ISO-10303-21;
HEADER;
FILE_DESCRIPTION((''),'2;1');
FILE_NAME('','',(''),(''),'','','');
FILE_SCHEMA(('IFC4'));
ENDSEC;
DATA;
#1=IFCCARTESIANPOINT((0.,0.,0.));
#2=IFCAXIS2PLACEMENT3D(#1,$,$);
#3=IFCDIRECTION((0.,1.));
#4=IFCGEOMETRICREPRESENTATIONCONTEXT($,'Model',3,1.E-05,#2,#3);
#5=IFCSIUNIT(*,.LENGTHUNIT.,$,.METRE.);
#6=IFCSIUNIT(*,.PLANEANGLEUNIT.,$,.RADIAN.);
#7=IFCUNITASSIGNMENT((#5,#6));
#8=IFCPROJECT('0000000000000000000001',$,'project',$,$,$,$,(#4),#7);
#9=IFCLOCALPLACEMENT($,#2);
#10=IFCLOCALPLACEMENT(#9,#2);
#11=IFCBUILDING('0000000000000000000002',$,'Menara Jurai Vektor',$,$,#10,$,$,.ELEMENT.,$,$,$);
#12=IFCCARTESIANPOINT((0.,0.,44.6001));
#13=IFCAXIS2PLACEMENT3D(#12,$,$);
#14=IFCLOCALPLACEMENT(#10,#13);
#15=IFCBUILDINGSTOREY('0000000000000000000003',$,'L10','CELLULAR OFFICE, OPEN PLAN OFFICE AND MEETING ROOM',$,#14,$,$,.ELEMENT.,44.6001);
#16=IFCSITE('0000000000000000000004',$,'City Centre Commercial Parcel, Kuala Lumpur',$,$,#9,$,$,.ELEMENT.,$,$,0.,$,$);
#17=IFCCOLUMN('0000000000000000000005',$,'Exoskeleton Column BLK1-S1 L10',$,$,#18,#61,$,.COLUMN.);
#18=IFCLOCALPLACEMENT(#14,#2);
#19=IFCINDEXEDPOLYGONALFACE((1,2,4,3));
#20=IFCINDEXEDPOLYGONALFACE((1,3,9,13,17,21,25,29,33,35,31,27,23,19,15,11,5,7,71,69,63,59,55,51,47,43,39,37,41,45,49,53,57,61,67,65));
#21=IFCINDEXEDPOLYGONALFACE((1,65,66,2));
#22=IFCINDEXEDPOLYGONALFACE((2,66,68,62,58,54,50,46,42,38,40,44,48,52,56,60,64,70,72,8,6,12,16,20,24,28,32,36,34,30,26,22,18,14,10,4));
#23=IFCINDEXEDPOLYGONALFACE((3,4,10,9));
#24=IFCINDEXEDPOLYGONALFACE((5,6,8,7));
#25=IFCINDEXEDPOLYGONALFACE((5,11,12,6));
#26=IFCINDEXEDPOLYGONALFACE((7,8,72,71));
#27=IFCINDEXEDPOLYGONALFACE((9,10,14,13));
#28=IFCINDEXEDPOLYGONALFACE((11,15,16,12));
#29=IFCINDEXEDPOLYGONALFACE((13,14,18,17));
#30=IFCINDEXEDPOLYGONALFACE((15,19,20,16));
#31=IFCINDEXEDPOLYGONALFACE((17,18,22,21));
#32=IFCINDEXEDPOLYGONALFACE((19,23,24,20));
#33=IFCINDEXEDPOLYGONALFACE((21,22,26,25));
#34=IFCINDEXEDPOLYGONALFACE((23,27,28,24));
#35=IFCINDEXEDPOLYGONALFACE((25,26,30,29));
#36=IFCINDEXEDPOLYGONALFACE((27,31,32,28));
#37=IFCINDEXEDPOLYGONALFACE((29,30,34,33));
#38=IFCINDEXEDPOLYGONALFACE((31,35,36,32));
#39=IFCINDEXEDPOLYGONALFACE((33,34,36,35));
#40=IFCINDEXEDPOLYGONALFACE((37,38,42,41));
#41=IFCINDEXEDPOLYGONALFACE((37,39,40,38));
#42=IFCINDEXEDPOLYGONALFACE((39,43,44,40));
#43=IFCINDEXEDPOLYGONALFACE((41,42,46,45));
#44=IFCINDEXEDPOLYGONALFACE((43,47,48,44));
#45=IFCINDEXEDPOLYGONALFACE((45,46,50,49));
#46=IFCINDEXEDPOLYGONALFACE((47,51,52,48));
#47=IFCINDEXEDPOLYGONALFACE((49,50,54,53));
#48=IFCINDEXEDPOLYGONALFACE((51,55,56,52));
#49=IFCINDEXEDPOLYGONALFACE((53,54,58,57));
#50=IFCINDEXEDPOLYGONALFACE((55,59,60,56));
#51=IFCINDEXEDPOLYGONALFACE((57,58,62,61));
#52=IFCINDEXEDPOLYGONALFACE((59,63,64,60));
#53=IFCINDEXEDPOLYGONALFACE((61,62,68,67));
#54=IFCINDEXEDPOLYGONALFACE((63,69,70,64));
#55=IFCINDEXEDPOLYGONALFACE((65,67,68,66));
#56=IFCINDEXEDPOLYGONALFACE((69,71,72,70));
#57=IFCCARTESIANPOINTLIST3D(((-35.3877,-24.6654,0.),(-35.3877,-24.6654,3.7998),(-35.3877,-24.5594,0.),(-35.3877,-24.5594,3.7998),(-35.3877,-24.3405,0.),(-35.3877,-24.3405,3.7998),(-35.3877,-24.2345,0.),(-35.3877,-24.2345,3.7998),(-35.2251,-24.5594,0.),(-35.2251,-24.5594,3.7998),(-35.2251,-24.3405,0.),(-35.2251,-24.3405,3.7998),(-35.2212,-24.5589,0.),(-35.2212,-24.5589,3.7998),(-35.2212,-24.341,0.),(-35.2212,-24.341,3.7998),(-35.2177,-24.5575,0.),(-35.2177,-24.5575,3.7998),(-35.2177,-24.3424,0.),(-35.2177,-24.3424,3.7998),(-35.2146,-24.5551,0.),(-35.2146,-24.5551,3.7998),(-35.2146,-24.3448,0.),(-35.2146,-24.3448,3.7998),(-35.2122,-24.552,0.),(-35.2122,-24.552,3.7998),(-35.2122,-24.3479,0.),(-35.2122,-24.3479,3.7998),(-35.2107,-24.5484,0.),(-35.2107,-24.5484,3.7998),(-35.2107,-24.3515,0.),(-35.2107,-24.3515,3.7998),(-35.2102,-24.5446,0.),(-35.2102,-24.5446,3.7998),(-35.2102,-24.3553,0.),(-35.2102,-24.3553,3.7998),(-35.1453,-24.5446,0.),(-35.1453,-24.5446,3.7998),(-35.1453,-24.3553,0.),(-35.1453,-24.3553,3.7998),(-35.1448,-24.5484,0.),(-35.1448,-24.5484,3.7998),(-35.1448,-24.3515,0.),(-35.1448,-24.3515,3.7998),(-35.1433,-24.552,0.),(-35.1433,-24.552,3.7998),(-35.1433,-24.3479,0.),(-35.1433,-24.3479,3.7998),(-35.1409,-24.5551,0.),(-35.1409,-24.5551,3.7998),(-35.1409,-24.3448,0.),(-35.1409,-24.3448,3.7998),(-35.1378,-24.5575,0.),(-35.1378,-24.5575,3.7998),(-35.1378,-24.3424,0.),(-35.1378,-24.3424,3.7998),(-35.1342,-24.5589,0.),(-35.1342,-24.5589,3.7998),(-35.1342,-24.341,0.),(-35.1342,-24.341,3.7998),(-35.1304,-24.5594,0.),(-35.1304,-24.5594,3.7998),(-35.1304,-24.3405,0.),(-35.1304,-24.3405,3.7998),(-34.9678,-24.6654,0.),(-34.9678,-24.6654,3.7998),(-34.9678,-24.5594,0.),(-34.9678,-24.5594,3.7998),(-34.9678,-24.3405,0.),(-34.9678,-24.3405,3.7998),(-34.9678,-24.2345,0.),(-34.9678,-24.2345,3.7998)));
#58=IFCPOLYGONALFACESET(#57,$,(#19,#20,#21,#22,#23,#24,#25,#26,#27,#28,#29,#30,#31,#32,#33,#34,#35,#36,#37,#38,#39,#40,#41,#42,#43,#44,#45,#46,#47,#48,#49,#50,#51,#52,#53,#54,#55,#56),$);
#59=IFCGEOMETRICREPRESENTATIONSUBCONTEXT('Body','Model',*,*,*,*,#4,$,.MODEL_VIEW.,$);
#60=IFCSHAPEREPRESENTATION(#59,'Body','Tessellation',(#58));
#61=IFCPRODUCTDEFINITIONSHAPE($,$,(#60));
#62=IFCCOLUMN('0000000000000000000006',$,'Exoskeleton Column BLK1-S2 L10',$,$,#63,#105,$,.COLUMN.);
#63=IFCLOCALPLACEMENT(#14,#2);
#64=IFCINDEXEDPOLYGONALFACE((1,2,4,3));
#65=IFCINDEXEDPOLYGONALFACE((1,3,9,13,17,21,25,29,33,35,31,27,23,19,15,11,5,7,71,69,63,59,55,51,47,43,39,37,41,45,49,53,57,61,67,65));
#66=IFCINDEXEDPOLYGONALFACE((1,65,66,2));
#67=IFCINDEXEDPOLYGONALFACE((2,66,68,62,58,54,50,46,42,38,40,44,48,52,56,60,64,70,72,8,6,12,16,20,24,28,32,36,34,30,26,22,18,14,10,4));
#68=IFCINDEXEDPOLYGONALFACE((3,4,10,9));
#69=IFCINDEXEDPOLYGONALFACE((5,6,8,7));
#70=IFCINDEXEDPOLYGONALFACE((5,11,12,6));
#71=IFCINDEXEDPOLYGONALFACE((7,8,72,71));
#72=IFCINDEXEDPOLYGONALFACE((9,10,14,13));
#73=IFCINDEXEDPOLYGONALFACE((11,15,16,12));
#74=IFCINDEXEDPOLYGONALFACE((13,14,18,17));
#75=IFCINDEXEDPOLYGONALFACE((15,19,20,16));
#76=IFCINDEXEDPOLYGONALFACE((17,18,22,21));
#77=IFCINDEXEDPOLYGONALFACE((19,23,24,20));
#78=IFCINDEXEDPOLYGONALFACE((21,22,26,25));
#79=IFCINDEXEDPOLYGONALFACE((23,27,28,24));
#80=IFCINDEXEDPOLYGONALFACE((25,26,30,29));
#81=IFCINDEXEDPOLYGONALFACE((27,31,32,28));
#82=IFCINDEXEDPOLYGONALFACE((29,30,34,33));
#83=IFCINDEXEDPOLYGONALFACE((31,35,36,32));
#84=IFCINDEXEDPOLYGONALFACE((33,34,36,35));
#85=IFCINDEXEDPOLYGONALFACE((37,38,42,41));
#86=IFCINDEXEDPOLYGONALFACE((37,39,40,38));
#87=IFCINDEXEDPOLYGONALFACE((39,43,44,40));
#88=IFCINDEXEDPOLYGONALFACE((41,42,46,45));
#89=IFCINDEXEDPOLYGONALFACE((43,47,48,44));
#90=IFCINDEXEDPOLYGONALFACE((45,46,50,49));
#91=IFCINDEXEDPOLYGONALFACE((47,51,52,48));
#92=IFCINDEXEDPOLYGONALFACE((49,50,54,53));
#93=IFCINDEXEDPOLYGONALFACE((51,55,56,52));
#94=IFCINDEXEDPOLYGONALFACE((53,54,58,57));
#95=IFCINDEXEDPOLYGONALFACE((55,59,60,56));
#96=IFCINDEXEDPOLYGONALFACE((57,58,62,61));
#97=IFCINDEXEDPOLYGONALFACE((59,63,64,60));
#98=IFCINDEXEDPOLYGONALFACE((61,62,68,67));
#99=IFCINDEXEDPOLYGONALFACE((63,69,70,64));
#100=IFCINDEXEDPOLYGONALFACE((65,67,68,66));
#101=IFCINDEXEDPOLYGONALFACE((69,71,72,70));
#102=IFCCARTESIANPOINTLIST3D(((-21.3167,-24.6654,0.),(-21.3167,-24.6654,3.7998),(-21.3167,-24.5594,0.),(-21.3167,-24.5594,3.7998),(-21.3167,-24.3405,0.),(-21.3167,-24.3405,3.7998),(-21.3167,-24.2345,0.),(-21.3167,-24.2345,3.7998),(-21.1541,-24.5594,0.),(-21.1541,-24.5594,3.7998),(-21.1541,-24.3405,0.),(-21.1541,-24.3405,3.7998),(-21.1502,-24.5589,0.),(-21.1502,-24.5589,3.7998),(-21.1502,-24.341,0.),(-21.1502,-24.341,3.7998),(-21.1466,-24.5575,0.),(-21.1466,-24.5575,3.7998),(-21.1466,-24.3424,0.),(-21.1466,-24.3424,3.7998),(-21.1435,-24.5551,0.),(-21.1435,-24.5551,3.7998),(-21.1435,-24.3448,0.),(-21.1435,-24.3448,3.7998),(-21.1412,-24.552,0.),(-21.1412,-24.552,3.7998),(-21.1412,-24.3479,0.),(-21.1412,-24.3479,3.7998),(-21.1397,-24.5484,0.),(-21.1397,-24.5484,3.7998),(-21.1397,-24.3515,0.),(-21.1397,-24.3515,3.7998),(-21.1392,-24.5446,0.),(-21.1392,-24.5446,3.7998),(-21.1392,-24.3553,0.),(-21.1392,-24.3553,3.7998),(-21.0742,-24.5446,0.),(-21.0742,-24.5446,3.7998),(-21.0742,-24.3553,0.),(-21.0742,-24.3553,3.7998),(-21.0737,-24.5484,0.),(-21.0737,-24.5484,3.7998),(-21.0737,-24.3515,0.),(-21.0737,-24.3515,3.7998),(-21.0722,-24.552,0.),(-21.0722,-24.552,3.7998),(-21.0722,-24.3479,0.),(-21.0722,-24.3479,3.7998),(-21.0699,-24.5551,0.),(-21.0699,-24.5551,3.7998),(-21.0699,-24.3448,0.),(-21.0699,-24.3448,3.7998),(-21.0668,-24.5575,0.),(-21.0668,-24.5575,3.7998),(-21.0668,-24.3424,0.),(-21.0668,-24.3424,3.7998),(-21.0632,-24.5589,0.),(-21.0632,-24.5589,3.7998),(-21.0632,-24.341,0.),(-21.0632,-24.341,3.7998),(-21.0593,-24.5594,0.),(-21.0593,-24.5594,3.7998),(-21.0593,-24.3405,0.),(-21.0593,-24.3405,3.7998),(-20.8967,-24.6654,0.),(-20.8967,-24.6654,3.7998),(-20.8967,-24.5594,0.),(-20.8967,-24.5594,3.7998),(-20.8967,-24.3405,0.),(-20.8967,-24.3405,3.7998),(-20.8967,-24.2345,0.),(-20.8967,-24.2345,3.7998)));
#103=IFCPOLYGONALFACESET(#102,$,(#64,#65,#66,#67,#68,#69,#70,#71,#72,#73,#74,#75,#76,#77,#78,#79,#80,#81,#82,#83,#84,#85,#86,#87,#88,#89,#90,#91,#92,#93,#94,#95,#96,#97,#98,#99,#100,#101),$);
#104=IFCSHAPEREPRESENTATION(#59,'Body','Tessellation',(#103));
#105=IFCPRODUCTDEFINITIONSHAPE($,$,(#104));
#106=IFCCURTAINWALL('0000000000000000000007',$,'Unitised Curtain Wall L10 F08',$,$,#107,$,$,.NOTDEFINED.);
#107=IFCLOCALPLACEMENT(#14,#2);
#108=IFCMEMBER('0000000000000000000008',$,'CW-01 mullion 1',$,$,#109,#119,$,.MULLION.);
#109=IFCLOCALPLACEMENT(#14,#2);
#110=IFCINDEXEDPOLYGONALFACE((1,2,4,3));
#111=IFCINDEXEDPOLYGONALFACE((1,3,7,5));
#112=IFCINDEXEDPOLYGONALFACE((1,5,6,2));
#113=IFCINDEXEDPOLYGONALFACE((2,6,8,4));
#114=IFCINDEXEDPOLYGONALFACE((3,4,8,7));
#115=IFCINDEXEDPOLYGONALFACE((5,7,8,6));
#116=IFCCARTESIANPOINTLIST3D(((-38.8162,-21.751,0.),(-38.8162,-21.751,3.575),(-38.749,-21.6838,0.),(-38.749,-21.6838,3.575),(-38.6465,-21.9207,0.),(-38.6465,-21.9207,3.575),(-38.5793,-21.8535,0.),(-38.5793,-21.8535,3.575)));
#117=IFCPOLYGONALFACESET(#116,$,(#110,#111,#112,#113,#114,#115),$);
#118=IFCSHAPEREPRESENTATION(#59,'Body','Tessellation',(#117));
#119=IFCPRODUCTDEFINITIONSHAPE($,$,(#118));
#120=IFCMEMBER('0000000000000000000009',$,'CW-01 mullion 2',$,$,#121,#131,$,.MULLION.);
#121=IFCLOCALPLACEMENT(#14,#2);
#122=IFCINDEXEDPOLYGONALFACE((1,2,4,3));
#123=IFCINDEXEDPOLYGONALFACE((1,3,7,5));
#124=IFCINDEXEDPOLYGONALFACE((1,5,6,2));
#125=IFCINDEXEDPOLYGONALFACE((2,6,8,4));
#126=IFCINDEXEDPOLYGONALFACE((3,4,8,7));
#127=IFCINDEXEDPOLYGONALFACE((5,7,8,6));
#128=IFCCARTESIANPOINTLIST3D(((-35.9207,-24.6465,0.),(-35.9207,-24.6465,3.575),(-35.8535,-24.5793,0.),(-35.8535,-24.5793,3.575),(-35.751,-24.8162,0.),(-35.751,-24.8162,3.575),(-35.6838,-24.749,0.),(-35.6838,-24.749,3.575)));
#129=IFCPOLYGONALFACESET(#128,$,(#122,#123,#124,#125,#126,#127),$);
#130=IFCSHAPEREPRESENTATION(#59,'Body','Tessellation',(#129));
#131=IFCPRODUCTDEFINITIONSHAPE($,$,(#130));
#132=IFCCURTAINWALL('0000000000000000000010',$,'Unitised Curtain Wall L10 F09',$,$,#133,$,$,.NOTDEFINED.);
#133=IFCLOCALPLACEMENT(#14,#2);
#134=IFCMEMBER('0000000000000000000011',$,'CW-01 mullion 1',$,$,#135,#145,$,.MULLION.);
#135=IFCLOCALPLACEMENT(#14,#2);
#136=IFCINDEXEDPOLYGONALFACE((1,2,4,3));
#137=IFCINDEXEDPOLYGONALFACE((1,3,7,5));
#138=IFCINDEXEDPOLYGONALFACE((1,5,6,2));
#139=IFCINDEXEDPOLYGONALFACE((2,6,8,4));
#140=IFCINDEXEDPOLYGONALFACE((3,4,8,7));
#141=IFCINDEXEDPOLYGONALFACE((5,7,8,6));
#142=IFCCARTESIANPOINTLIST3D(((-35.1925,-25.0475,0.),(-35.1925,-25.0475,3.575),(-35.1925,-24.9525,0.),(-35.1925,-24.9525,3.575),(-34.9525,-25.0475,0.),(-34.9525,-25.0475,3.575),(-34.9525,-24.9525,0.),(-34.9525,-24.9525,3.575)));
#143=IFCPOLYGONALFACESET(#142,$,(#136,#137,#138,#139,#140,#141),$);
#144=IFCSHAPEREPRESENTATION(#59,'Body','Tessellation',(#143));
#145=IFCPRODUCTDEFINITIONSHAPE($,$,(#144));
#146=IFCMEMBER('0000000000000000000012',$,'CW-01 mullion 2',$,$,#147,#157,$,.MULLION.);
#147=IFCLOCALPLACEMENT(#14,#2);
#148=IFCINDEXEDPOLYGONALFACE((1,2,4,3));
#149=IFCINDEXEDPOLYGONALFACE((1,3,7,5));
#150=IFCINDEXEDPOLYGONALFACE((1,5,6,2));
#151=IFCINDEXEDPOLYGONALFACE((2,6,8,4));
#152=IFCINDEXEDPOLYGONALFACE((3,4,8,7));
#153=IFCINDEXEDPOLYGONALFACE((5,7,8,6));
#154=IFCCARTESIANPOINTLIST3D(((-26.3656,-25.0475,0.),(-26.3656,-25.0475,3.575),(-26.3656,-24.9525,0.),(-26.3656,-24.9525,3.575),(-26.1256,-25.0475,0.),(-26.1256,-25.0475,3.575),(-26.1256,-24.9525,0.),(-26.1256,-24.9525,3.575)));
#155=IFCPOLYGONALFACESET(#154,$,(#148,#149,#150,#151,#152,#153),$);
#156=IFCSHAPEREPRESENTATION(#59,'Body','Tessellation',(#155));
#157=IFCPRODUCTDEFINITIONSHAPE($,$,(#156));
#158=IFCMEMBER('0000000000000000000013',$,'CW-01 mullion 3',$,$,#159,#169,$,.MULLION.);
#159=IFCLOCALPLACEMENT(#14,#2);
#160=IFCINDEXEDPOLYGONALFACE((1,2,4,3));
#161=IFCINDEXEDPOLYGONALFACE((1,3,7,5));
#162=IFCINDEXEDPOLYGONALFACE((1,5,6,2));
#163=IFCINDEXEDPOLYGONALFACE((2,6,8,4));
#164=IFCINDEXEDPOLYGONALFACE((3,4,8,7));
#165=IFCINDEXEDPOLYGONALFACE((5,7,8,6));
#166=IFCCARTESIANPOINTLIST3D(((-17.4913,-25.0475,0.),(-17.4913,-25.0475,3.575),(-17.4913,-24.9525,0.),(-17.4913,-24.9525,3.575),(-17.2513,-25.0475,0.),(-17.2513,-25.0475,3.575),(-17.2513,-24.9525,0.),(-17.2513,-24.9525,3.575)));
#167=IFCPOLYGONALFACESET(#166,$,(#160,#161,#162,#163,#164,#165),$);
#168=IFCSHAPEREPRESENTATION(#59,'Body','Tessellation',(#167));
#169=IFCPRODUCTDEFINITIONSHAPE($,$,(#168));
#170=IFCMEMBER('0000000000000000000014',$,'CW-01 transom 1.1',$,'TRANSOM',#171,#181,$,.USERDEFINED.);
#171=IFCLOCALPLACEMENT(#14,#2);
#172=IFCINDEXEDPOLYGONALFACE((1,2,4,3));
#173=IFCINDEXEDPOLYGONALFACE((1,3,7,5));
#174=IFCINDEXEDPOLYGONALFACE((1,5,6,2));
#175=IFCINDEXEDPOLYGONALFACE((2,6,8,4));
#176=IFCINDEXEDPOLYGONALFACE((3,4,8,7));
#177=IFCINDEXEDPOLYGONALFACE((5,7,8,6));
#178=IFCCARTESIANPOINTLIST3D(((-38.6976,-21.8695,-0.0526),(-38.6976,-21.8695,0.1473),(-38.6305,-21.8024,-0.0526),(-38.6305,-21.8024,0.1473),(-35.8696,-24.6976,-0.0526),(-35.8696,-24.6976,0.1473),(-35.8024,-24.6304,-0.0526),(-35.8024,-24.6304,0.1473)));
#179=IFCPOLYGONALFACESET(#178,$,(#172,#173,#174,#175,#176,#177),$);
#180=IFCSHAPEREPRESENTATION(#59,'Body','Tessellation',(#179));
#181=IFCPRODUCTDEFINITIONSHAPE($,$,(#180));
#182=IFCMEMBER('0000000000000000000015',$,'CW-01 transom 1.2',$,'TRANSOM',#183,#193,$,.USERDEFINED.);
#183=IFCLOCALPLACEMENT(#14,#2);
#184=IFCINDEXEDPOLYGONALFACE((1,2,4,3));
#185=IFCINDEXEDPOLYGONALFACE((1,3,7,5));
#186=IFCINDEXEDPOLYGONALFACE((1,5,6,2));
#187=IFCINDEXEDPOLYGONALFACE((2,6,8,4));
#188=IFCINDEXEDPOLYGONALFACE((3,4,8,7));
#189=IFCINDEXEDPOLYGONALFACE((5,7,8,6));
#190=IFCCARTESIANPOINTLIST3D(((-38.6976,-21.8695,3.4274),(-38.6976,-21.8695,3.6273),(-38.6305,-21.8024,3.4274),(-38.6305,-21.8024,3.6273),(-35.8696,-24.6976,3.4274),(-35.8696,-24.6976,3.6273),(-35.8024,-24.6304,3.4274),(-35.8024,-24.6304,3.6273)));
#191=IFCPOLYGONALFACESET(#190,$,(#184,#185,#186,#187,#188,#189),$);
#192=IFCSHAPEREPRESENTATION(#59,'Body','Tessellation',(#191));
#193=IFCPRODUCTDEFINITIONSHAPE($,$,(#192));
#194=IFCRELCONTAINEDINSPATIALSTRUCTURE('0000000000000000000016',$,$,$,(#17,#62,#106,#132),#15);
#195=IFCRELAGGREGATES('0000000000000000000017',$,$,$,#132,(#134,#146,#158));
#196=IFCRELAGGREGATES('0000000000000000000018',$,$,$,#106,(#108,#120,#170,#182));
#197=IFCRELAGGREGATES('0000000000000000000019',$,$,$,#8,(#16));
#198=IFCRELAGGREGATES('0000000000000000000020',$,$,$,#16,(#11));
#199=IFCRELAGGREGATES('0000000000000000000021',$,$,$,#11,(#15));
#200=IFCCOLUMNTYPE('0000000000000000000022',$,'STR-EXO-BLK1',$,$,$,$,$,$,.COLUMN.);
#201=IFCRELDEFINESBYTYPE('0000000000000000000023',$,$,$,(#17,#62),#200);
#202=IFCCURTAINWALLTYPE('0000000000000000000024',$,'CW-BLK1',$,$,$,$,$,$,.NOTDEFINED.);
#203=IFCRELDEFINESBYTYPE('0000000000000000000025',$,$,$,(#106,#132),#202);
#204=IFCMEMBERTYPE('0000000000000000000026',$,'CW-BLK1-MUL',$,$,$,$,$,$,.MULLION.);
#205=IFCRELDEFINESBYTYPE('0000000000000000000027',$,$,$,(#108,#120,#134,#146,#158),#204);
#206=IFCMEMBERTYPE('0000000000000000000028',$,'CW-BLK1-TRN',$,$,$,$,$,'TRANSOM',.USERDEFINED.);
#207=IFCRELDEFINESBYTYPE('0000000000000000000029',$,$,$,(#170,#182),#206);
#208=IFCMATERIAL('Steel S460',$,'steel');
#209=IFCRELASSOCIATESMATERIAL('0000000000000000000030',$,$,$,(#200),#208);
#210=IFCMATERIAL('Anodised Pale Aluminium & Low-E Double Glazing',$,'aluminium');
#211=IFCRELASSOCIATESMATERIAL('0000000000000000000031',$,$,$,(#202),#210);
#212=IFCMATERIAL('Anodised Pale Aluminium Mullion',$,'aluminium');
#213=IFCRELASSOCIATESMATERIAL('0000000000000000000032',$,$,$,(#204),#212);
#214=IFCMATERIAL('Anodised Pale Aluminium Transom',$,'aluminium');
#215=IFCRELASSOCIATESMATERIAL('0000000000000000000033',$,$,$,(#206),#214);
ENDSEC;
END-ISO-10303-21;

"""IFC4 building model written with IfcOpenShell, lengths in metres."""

from ifc_helpers import new_model, si_unit, direction, frame, origin, origin_2d, place, context, subcontext, project, spatial, rectangle, i_section, extrude, material, material_profile, profile_set, type_object, element, aggregate, save


model = new_model("IFC4")

# Units and contexts
model_context = context("Model", 3, precision=1e-05, world=origin(), true_north=direction((0.0, 1.0)))
body_context = subcontext(model_context, "Body", "Model", "MODEL_VIEW")
ifc_project = project(units=[si_unit("LENGTHUNIT", "METRE"), si_unit("PLANEANGLEUNIT", "RADIAN")], contexts=[model_context])

# Site, building, storey
site_placement = place(None, origin())
site = spatial("IfcSite", under=ifc_project, at=site_placement, Name="City Centre Commercial Parcel, Kuala Lumpur", CompositionType="ELEMENT", RefElevation=0.0)
building_placement = place(site_placement, origin())
building = spatial("IfcBuilding", under=site, at=building_placement, Name="Menara Jurai Vektor", CompositionType="ELEMENT")
storey_placement = place(building_placement, frame((0.0, 0.0, 44.6001)))
storey = spatial("IfcBuildingStorey", under=building, at=storey_placement, Name="L10", Description="CELLULAR OFFICE, OPEN PLAN OFFICE AND MEETING ROOM", CompositionType="ELEMENT", Elevation=44.6001)

# Columns
ifc_material_1 = material(Name="Steel S460", Category="steel")
ifc_material_profile_1 = material_profile(ifc_material_1, i_section(OverallWidth=0.4199, OverallDepth=0.4309, WebThickness=0.0649, FlangeThickness=0.106, FilletRadius=0.0149, at=origin_2d()), Name="HD 400x900")
ifc_profile_set_1 = profile_set([ifc_material_profile_1], Name="Steel S460")
column_type = type_object("IfcColumnType", Name="STR-EXO-BLK1", PredefinedType="COLUMN", material=ifc_profile_set_1)
for number, where, z_axis, x_axis, name in (
    (1, (-35.1777, -24.45, 0.0), (0.0, 0.0, 1.0), (1.0, 0.0, 0.0), "Exoskeleton Column BLK1-S1 L10"),
    (2, (-21.1067, -24.45, 0.0), (0.0, 0.0, 1.0), (1.0, 0.0, 0.0), "Exoskeleton Column BLK1-S2 L10"),
):
    element("IfcColumn", number, at=place(storey_placement, frame(where, z_axis=z_axis, x_axis=x_axis)), inside=storey, type_object=column_type, Name=name, PredefinedType="COLUMN", context=body_context, shape_type="SweptSolid", body=[
        extrude(i_section(OverallWidth=0.4199, OverallDepth=0.4309, WebThickness=0.0649, FlangeThickness=0.106, FilletRadius=0.0149, at=origin_2d()), origin(), (0.0, 0.0, 1.0), 3.7998),
    ])

# Curtain walls, members
ifc_material_2 = material(Name="Anodised Pale Aluminium & Low-E Double Glazing", Category="aluminium")
curtain_wall_type = type_object("IfcCurtainWallType", Name="CW-BLK1", PredefinedType="NOTDEFINED", material=ifc_material_2)
curtain_wall_1_placement = place(storey_placement, origin())
curtain_wall_1 = element("IfcCurtainWall", 3, at=curtain_wall_1_placement, inside=storey, type_object=curtain_wall_type, Name="Unitised Curtain Wall L10 F08", PredefinedType="NOTDEFINED")
ifc_material_3 = material(Name="Anodised Pale Aluminium Mullion", Category="aluminium")
ifc_material_profile_2 = material_profile(ifc_material_3, rectangle(XDim=0.095, YDim=0.24, at=origin_2d()), Name="ALU MUL 95x240")
ifc_profile_set_2 = profile_set([ifc_material_profile_2], Name="Anodised Pale Aluminium Mullion")
member_type_1 = type_object("IfcMemberType", Name="CW-BLK1-MUL", PredefinedType="MULLION", material=ifc_profile_set_2)
member_1_placement = place(storey_placement, frame((-38.6978, -21.8022, 0.0), z_axis=(0.0, 0.0, 1.0), x_axis=(0.707107, 0.707107, 0.0)))
member_1 = element("IfcMember", 4, at=member_1_placement, type_object=member_type_1, Name="CW-01 mullion 1", PredefinedType="MULLION", context=body_context, shape_type="SweptSolid", body=[
    extrude(rectangle(XDim=0.095, YDim=0.24, at=origin_2d()), origin(), (0.0, 0.0, 1.0), 3.575),
])
member_2_placement = place(storey_placement, frame((-35.8022, -24.6978, 0.0), z_axis=(0.0, 0.0, 1.0), x_axis=(0.707107, 0.707107, 0.0)))
member_2 = element("IfcMember", 5, at=member_2_placement, type_object=member_type_1, Name="CW-01 mullion 2", PredefinedType="MULLION", context=body_context, shape_type="SweptSolid", body=[
    extrude(rectangle(XDim=0.095, YDim=0.24, at=origin_2d()), origin(), (0.0, 0.0, 1.0), 3.575),
])
curtain_wall_2_placement = place(storey_placement, origin())
curtain_wall_2 = element("IfcCurtainWall", 6, at=curtain_wall_2_placement, inside=storey, type_object=curtain_wall_type, Name="Unitised Curtain Wall L10 F09", PredefinedType="NOTDEFINED")
member_3_placement = place(storey_placement, frame((-35.0725, -25.0, 0.0), z_axis=(0.0, 0.0, 1.0), x_axis=(0.0, 1.0, 0.0)))
member_3 = element("IfcMember", 7, at=member_3_placement, type_object=member_type_1, Name="CW-01 mullion 1", PredefinedType="MULLION", context=body_context, shape_type="SweptSolid", body=[
    extrude(rectangle(XDim=0.095, YDim=0.24, at=origin_2d()), origin(), (0.0, 0.0, 1.0), 3.575),
])
member_4_placement = place(storey_placement, frame((-26.2456, -25.0, 0.0), z_axis=(0.0, 0.0, 1.0), x_axis=(0.0, 1.0, 0.0)))
member_4 = element("IfcMember", 8, at=member_4_placement, type_object=member_type_1, Name="CW-01 mullion 2", PredefinedType="MULLION", context=body_context, shape_type="SweptSolid", body=[
    extrude(rectangle(XDim=0.095, YDim=0.24, at=origin_2d()), origin(), (0.0, 0.0, 1.0), 3.575),
])
member_5_placement = place(storey_placement, frame((-17.3713, -25.0, 0.0), z_axis=(0.0, 0.0, 1.0), x_axis=(0.0, 1.0, 0.0)))
member_5 = element("IfcMember", 9, at=member_5_placement, type_object=member_type_1, Name="CW-01 mullion 3", PredefinedType="MULLION", context=body_context, shape_type="SweptSolid", body=[
    extrude(rectangle(XDim=0.095, YDim=0.24, at=origin_2d()), origin(), (0.0, 0.0, 1.0), 3.575),
])

# Members
ifc_material_4 = material(Name="Anodised Pale Aluminium Transom", Category="aluminium")
ifc_material_profile_3 = material_profile(ifc_material_4, rectangle(XDim=0.095, YDim=0.2, at=origin_2d()), Name="ALU TRN 95x200")
ifc_profile_set_3 = profile_set([ifc_material_profile_3], Name="Anodised Pale Aluminium Transom")
member_type_2 = type_object("IfcMemberType", Name="CW-BLK1-TRN", ElementType="TRANSOM", PredefinedType="USERDEFINED", material=ifc_profile_set_3)
member_6_placement = place(storey_placement, frame((-38.6641, -21.8359, 0.0474), z_axis=(0.707107, -0.707107, 0.0), x_axis=(0.707107, 0.707107, 0.0)))
member_6 = element("IfcMember", 10, at=member_6_placement, type_object=member_type_2, Name="CW-01 transom 1.1", ObjectType="TRANSOM", PredefinedType="USERDEFINED", context=body_context, shape_type="SweptSolid", body=[
    extrude(rectangle(XDim=0.095, YDim=0.2, at=origin_2d()), origin(), (0.0, 0.0, 1.0), 3.9995),
])
member_7_placement = place(storey_placement, frame((-38.6641, -21.8359, 3.5273), z_axis=(0.707107, -0.707107, 0.0), x_axis=(0.707107, 0.707107, 0.0)))
member_7 = element("IfcMember", 11, at=member_7_placement, type_object=member_type_2, Name="CW-01 transom 1.2", ObjectType="TRANSOM", PredefinedType="USERDEFINED", context=body_context, shape_type="SweptSolid", body=[
    extrude(rectangle(XDim=0.095, YDim=0.2, at=origin_2d()), origin(), (0.0, 0.0, 1.0), 3.9995),
])

aggregate(curtain_wall_2, [member_3, member_4, member_5])
aggregate(curtain_wall_1, [member_1, member_2, member_6, member_7])

save(model, "model.ifc")
